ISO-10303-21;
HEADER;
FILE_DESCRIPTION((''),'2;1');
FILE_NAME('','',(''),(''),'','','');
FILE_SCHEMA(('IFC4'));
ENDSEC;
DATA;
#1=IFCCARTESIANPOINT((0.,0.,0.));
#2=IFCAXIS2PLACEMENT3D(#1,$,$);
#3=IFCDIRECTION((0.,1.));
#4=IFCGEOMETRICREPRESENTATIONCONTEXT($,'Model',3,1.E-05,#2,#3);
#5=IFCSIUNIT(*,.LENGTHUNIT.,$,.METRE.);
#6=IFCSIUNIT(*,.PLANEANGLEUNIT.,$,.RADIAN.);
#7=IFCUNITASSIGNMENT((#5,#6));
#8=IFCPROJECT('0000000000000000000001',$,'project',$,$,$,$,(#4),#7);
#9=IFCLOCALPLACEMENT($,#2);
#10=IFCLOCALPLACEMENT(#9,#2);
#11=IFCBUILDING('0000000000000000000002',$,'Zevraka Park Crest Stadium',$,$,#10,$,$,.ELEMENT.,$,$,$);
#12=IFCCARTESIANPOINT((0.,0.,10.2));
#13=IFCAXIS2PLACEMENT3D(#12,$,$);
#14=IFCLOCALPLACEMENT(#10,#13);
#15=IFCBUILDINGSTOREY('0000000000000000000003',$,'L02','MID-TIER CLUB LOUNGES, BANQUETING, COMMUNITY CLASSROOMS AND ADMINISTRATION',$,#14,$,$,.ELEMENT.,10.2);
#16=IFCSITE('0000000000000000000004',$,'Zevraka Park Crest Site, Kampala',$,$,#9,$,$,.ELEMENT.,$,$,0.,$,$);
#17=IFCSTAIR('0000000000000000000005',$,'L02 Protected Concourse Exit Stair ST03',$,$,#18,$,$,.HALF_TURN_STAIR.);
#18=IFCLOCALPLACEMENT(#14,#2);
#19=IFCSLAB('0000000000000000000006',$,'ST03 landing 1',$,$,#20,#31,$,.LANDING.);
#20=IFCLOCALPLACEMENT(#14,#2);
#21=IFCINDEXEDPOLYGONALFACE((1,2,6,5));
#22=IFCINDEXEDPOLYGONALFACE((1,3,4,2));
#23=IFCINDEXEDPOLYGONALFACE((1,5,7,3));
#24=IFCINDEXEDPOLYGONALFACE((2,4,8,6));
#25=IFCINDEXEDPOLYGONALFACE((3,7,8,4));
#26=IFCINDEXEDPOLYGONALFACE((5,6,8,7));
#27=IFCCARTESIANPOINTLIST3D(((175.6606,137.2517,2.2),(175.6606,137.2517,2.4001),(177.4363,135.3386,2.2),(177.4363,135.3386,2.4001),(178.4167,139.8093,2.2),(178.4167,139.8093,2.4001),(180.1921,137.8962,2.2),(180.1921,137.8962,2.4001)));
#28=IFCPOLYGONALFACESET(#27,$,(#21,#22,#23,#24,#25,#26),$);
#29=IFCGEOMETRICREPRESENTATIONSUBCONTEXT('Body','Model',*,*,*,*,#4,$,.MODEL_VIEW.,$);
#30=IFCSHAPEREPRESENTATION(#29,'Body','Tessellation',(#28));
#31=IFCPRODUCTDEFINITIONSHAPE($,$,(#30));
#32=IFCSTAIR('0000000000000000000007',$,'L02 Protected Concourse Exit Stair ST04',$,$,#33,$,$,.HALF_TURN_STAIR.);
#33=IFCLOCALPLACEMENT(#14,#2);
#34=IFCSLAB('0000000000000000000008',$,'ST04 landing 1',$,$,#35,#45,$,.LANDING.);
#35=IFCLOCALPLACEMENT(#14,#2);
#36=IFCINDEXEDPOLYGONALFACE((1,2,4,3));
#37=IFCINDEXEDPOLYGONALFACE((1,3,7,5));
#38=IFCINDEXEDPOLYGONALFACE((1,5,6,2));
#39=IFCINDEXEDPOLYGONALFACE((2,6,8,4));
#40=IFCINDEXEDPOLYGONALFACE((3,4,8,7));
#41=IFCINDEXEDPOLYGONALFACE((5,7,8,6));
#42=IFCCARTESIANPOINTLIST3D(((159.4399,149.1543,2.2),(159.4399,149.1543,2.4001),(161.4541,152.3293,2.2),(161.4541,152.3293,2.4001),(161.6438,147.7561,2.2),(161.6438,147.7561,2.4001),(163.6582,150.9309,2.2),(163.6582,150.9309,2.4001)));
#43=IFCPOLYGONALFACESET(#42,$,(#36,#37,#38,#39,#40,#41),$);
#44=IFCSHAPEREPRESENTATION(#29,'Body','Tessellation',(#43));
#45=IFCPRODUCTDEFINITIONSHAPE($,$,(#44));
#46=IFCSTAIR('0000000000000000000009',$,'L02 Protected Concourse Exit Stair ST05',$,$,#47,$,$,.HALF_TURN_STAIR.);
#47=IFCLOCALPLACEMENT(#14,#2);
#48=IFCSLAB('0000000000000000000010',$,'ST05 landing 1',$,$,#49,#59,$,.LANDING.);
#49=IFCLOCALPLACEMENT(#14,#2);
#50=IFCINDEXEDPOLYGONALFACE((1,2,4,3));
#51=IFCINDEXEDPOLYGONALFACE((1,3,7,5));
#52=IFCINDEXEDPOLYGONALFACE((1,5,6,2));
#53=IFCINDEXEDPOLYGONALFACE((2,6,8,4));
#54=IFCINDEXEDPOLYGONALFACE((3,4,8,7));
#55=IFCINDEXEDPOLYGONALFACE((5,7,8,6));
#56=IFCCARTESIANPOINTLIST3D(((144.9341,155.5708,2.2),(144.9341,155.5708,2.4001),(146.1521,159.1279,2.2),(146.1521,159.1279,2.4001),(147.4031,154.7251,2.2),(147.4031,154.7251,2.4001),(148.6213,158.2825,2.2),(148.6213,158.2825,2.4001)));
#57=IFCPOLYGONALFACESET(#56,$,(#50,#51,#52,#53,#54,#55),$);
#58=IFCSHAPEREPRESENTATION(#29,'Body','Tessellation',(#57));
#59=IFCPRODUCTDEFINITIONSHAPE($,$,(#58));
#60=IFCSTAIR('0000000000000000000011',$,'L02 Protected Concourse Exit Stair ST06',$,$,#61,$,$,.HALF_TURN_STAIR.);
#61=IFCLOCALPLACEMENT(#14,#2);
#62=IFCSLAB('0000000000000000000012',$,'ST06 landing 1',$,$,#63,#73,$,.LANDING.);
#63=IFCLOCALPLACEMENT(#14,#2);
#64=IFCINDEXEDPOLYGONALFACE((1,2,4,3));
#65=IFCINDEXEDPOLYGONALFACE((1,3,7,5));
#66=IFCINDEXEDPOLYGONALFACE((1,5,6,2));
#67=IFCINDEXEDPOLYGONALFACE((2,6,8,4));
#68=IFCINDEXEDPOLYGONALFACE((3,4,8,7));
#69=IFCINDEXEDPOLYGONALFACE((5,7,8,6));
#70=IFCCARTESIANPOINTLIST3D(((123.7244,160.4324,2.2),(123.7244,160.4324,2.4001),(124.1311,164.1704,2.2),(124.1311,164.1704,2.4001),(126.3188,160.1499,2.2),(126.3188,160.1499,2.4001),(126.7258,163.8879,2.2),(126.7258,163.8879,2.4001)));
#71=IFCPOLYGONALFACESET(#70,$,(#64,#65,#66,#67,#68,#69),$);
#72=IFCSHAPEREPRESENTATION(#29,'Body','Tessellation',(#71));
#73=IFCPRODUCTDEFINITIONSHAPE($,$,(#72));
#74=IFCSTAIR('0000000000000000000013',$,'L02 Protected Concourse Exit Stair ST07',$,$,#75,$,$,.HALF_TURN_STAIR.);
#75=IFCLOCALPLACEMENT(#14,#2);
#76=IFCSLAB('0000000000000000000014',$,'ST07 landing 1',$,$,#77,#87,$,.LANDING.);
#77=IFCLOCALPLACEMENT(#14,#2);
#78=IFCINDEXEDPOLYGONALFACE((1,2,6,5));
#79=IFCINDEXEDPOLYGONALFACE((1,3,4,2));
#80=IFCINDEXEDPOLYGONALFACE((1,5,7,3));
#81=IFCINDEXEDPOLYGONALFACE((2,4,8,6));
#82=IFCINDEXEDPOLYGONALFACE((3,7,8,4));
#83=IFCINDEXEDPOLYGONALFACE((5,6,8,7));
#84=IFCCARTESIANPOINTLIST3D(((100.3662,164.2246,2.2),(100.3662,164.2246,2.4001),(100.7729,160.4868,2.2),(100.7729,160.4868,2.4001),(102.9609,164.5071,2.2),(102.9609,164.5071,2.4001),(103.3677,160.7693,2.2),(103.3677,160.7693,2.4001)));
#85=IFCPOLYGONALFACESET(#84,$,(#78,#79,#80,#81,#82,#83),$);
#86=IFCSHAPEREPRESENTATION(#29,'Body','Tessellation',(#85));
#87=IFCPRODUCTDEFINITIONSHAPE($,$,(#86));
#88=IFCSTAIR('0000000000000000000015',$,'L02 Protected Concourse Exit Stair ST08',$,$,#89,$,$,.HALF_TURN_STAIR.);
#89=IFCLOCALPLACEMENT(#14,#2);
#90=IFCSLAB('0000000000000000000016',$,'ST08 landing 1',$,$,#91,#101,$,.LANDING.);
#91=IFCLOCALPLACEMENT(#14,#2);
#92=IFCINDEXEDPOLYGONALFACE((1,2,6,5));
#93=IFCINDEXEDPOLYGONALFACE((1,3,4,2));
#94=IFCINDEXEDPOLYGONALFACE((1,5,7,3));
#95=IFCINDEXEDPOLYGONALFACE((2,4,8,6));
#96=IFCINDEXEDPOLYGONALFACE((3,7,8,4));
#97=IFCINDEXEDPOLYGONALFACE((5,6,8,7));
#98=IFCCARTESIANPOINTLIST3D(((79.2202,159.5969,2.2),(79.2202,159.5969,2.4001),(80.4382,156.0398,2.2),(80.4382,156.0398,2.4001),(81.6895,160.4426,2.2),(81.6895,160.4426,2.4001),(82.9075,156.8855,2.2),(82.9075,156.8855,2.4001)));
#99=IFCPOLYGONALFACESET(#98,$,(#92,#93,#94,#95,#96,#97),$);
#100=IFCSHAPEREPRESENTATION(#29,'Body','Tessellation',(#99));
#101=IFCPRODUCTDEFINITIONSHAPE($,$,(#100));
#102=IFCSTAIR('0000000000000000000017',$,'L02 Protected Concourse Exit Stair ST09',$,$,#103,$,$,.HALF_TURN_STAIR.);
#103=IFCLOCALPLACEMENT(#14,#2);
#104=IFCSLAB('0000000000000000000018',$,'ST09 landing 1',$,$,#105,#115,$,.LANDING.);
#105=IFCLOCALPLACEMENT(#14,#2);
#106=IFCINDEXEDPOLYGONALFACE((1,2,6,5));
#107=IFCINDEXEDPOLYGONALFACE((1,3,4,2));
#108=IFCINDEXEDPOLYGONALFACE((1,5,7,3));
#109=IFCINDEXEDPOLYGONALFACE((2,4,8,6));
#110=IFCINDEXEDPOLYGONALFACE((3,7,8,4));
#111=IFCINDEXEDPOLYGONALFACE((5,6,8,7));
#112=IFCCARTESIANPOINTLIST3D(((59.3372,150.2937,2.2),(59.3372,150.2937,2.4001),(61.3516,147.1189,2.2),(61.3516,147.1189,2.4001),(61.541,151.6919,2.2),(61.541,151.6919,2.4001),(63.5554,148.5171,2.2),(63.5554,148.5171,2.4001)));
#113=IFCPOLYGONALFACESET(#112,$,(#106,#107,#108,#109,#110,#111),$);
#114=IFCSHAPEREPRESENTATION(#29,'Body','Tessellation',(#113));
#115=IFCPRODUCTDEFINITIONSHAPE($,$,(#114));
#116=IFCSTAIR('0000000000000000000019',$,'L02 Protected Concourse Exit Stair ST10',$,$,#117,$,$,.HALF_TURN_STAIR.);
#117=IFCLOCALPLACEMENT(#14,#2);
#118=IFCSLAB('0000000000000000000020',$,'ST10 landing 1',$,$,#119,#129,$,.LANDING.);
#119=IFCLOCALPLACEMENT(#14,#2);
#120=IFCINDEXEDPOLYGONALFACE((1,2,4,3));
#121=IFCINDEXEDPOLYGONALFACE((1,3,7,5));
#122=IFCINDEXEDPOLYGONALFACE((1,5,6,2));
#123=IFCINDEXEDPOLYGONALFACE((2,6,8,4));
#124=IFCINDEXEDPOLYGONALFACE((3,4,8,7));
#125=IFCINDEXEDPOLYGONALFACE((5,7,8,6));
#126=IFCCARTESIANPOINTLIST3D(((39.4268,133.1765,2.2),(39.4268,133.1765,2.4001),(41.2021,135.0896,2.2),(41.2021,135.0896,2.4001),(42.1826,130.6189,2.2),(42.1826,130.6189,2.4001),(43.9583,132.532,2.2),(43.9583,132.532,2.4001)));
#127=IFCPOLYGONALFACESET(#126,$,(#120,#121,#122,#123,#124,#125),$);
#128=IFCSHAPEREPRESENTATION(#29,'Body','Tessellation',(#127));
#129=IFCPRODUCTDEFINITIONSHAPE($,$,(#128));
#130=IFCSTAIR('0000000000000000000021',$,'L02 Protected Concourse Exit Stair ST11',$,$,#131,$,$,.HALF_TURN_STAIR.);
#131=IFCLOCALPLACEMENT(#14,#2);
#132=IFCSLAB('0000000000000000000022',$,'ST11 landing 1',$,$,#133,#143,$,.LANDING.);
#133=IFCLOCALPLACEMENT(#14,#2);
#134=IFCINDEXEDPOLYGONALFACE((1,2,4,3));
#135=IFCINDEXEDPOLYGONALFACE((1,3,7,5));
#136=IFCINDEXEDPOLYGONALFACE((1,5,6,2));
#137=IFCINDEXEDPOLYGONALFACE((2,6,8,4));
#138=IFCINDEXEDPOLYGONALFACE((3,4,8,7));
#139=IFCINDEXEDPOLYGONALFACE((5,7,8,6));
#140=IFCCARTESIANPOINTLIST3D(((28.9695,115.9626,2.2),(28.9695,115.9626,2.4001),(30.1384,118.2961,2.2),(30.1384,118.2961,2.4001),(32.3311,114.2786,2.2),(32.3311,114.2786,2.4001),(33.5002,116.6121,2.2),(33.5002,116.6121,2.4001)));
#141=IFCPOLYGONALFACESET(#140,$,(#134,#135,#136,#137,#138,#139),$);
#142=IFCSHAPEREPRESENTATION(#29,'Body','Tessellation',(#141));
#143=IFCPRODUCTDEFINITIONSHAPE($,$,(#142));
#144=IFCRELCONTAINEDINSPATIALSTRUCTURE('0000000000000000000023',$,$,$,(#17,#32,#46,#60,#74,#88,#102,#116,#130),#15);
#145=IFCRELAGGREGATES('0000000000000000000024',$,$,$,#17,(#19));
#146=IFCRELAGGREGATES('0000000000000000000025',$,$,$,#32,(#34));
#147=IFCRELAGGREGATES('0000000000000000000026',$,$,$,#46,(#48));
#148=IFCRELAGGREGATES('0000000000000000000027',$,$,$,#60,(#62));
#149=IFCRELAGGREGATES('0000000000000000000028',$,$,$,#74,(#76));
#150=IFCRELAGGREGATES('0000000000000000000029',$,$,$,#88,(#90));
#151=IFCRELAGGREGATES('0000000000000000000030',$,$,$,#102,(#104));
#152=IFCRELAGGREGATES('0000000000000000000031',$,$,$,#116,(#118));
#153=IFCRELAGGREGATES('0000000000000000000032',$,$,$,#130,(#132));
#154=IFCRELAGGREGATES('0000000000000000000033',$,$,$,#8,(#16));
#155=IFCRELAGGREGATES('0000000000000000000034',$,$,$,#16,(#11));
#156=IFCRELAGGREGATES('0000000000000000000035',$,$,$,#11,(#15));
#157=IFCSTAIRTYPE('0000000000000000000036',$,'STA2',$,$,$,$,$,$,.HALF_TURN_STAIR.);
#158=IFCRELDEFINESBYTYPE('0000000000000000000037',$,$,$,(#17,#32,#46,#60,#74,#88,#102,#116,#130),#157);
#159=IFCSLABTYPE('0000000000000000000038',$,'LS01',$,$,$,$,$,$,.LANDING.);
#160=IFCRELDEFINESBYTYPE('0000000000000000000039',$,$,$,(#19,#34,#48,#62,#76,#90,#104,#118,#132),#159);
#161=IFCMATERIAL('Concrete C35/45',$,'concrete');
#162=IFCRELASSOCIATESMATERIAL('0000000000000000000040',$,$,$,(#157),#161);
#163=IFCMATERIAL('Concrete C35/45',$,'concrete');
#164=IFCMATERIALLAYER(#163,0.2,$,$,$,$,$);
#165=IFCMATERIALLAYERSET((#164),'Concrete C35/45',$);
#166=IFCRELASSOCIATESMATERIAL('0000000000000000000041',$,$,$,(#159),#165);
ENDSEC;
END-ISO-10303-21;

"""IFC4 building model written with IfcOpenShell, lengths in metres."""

from ifc_helpers import new_model, si_unit, direction, frame, origin, place, context, subcontext, project, spatial, polyline, outline, extrude, material, layer, layer_set, type_object, element, aggregate, save


model = new_model("IFC4")

# Units and contexts
model_context = context("Model", 3, precision=1e-05, world=origin(), true_north=direction((0.0, 1.0)))
body_context = subcontext(model_context, "Body", "Model", "MODEL_VIEW")
ifc_project = project(units=[si_unit("LENGTHUNIT", "METRE"), si_unit("PLANEANGLEUNIT", "RADIAN")], contexts=[model_context])

# Site, building, storey
site_placement = place(None, origin())
site = spatial("IfcSite", under=ifc_project, at=site_placement, Name="Zevraka Park Crest Site, Kampala", CompositionType="ELEMENT", RefElevation=0.0)
building_placement = place(site_placement, origin())
building = spatial("IfcBuilding", under=site, at=building_placement, Name="Zevraka Park Crest Stadium", CompositionType="ELEMENT")
storey_placement = place(building_placement, frame((0.0, 0.0, 10.2)))
storey = spatial("IfcBuildingStorey", under=building, at=storey_placement, Name="L02", Description="MID-TIER CLUB LOUNGES, BANQUETING, COMMUNITY CLASSROOMS AND ADMINISTRATION", CompositionType="ELEMENT", Elevation=10.2)

# Stairs, slabs
ifc_material_1 = material(Name="Concrete C35/45", Category="concrete")
stair_type = type_object("IfcStairType", Name="STA2", PredefinedType="HALF_TURN_STAIR", material=ifc_material_1)
ifc_material_2 = material(Name="Concrete C35/45", Category="concrete")
ifc_layer_1 = layer(ifc_material_2, 0.2)
ifc_layer_set_1 = layer_set([ifc_layer_1], Name="Concrete C35/45")
slab_type_1 = type_object("IfcSlabType", Name="LS01", PredefinedType="LANDING", material=ifc_layer_set_1)
stair_1_placement = place(storey_placement, origin())
stair_1 = element("IfcStair", 1, at=stair_1_placement, inside=storey, type_object=stair_type, Name="L02 Protected Concourse Exit Stair ST03", PredefinedType="HALF_TURN_STAIR")
slab_1_placement = place(storey_placement, frame((0.0, 0.0, 2.2)))
slab_1 = element("IfcSlab", 2, at=slab_1_placement, type_object=slab_type_1, Name="ST03 landing 1", PredefinedType="LANDING", context=body_context, shape_type="SweptSolid", body=[
    extrude(outline(polyline([(180.1921, 137.8962), (178.4167, 139.8093), (175.6606, 137.2517), (177.4363, 135.3386), (180.1921, 137.8962)])), origin(), (0.0, 0.0, 1.0), 0.2002),
])
aggregate(stair_1, [slab_1])
stair_2_placement = place(storey_placement, origin())
stair_2 = element("IfcStair", 3, at=stair_2_placement, inside=storey, type_object=stair_type, Name="L02 Protected Concourse Exit Stair ST04", PredefinedType="HALF_TURN_STAIR")
slab_2_placement = place(storey_placement, frame((0.0, 0.0, 2.2)))
slab_2 = element("IfcSlab", 4, at=slab_2_placement, type_object=slab_type_1, Name="ST04 landing 1", PredefinedType="LANDING", context=body_context, shape_type="SweptSolid", body=[
    extrude(outline(polyline([(163.6582, 150.9309), (161.4541, 152.3293), (159.4399, 149.1543), (161.6438, 147.7561), (163.6582, 150.9309)])), origin(), (0.0, 0.0, 1.0), 0.2002),
])
aggregate(stair_2, [slab_2])
stair_3_placement = place(storey_placement, origin())
stair_3 = element("IfcStair", 5, at=stair_3_placement, inside=storey, type_object=stair_type, Name="L02 Protected Concourse Exit Stair ST05", PredefinedType="HALF_TURN_STAIR")
slab_3_placement = place(storey_placement, frame((0.0, 0.0, 2.2)))
slab_3 = element("IfcSlab", 6, at=slab_3_placement, type_object=slab_type_1, Name="ST05 landing 1", PredefinedType="LANDING", context=body_context, shape_type="SweptSolid", body=[
    extrude(outline(polyline([(148.6213, 158.2825), (146.1521, 159.1279), (144.9341, 155.5708), (147.4031, 154.7251), (148.6213, 158.2825)])), origin(), (0.0, 0.0, 1.0), 0.2002),
])
aggregate(stair_3, [slab_3])
stair_4_placement = place(storey_placement, origin())
stair_4 = element("IfcStair", 7, at=stair_4_placement, inside=storey, type_object=stair_type, Name="L02 Protected Concourse Exit Stair ST06", PredefinedType="HALF_TURN_STAIR")
slab_4_placement = place(storey_placement, frame((0.0, 0.0, 2.2)))
slab_4 = element("IfcSlab", 8, at=slab_4_placement, type_object=slab_type_1, Name="ST06 landing 1", PredefinedType="LANDING", context=body_context, shape_type="SweptSolid", body=[
    extrude(outline(polyline([(126.7258, 163.8879), (124.1311, 164.1704), (123.7244, 160.4324), (126.3188, 160.1499), (126.7258, 163.8879)])), origin(), (0.0, 0.0, 1.0), 0.2002),
])
aggregate(stair_4, [slab_4])
stair_5_placement = place(storey_placement, origin())
stair_5 = element("IfcStair", 9, at=stair_5_placement, inside=storey, type_object=stair_type, Name="L02 Protected Concourse Exit Stair ST07", PredefinedType="HALF_TURN_STAIR")
slab_5_placement = place(storey_placement, frame((0.0, 0.0, 2.2)))
slab_5 = element("IfcSlab", 10, at=slab_5_placement, type_object=slab_type_1, Name="ST07 landing 1", PredefinedType="LANDING", context=body_context, shape_type="SweptSolid", body=[
    extrude(outline(polyline([(102.9609, 164.5071), (100.3662, 164.2246), (100.7729, 160.4868), (103.3677, 160.7693), (102.9609, 164.5071)])), origin(), (0.0, 0.0, 1.0), 0.2002),
])
aggregate(stair_5, [slab_5])
stair_6_placement = place(storey_placement, origin())
stair_6 = element("IfcStair", 11, at=stair_6_placement, inside=storey, type_object=stair_type, Name="L02 Protected Concourse Exit Stair ST08", PredefinedType="HALF_TURN_STAIR")
slab_6_placement = place(storey_placement, frame((0.0, 0.0, 2.2)))
slab_6 = element("IfcSlab", 12, at=slab_6_placement, type_object=slab_type_1, Name="ST08 landing 1", PredefinedType="LANDING", context=body_context, shape_type="SweptSolid", body=[
    extrude(outline(polyline([(81.6895, 160.4426), (79.2202, 159.5969), (80.4382, 156.0398), (82.9075, 156.8855), (81.6895, 160.4426)])), origin(), (0.0, 0.0, 1.0), 0.2002),
])
aggregate(stair_6, [slab_6])
stair_7_placement = place(storey_placement, origin())
stair_7 = element("IfcStair", 13, at=stair_7_placement, inside=storey, type_object=stair_type, Name="L02 Protected Concourse Exit Stair ST09", PredefinedType="HALF_TURN_STAIR")
slab_7_placement = place(storey_placement, frame((0.0, 0.0, 2.2)))
slab_7 = element("IfcSlab", 14, at=slab_7_placement, type_object=slab_type_1, Name="ST09 landing 1", PredefinedType="LANDING", context=body_context, shape_type="SweptSolid", body=[
    extrude(outline(polyline([(61.541, 151.6919), (59.3372, 150.2937), (61.3516, 147.1189), (63.5554, 148.5171), (61.541, 151.6919)])), origin(), (0.0, 0.0, 1.0), 0.2002),
])
aggregate(stair_7, [slab_7])
stair_8_placement = place(storey_placement, origin())
stair_8 = element("IfcStair", 15, at=stair_8_placement, inside=storey, type_object=stair_type, Name="L02 Protected Concourse Exit Stair ST10", PredefinedType="HALF_TURN_STAIR")
slab_8_placement = place(storey_placement, frame((0.0, 0.0, 2.2)))
slab_8 = element("IfcSlab", 16, at=slab_8_placement, type_object=slab_type_1, Name="ST10 landing 1", PredefinedType="LANDING", context=body_context, shape_type="SweptSolid", body=[
    extrude(outline(polyline([(41.2021, 135.0896), (39.4268, 133.1765), (42.1826, 130.6189), (43.9583, 132.532), (41.2021, 135.0896)])), origin(), (0.0, 0.0, 1.0), 0.2002),
])
aggregate(stair_8, [slab_8])
stair_9_placement = place(storey_placement, origin())
stair_9 = element("IfcStair", 17, at=stair_9_placement, inside=storey, type_object=stair_type, Name="L02 Protected Concourse Exit Stair ST11", PredefinedType="HALF_TURN_STAIR")
slab_9_placement = place(storey_placement, frame((0.0, 0.0, 2.2)))
slab_9 = element("IfcSlab", 18, at=slab_9_placement, type_object=slab_type_1, Name="ST11 landing 1", PredefinedType="LANDING", context=body_context, shape_type="SweptSolid", body=[
    extrude(outline(polyline([(30.1384, 118.2961), (28.9695, 115.9626), (32.3311, 114.2786), (33.5002, 116.6121), (30.1384, 118.2961)])), origin(), (0.0, 0.0, 1.0), 0.2002),
])
aggregate(stair_9, [slab_9])

save(model, "model.ifc")
